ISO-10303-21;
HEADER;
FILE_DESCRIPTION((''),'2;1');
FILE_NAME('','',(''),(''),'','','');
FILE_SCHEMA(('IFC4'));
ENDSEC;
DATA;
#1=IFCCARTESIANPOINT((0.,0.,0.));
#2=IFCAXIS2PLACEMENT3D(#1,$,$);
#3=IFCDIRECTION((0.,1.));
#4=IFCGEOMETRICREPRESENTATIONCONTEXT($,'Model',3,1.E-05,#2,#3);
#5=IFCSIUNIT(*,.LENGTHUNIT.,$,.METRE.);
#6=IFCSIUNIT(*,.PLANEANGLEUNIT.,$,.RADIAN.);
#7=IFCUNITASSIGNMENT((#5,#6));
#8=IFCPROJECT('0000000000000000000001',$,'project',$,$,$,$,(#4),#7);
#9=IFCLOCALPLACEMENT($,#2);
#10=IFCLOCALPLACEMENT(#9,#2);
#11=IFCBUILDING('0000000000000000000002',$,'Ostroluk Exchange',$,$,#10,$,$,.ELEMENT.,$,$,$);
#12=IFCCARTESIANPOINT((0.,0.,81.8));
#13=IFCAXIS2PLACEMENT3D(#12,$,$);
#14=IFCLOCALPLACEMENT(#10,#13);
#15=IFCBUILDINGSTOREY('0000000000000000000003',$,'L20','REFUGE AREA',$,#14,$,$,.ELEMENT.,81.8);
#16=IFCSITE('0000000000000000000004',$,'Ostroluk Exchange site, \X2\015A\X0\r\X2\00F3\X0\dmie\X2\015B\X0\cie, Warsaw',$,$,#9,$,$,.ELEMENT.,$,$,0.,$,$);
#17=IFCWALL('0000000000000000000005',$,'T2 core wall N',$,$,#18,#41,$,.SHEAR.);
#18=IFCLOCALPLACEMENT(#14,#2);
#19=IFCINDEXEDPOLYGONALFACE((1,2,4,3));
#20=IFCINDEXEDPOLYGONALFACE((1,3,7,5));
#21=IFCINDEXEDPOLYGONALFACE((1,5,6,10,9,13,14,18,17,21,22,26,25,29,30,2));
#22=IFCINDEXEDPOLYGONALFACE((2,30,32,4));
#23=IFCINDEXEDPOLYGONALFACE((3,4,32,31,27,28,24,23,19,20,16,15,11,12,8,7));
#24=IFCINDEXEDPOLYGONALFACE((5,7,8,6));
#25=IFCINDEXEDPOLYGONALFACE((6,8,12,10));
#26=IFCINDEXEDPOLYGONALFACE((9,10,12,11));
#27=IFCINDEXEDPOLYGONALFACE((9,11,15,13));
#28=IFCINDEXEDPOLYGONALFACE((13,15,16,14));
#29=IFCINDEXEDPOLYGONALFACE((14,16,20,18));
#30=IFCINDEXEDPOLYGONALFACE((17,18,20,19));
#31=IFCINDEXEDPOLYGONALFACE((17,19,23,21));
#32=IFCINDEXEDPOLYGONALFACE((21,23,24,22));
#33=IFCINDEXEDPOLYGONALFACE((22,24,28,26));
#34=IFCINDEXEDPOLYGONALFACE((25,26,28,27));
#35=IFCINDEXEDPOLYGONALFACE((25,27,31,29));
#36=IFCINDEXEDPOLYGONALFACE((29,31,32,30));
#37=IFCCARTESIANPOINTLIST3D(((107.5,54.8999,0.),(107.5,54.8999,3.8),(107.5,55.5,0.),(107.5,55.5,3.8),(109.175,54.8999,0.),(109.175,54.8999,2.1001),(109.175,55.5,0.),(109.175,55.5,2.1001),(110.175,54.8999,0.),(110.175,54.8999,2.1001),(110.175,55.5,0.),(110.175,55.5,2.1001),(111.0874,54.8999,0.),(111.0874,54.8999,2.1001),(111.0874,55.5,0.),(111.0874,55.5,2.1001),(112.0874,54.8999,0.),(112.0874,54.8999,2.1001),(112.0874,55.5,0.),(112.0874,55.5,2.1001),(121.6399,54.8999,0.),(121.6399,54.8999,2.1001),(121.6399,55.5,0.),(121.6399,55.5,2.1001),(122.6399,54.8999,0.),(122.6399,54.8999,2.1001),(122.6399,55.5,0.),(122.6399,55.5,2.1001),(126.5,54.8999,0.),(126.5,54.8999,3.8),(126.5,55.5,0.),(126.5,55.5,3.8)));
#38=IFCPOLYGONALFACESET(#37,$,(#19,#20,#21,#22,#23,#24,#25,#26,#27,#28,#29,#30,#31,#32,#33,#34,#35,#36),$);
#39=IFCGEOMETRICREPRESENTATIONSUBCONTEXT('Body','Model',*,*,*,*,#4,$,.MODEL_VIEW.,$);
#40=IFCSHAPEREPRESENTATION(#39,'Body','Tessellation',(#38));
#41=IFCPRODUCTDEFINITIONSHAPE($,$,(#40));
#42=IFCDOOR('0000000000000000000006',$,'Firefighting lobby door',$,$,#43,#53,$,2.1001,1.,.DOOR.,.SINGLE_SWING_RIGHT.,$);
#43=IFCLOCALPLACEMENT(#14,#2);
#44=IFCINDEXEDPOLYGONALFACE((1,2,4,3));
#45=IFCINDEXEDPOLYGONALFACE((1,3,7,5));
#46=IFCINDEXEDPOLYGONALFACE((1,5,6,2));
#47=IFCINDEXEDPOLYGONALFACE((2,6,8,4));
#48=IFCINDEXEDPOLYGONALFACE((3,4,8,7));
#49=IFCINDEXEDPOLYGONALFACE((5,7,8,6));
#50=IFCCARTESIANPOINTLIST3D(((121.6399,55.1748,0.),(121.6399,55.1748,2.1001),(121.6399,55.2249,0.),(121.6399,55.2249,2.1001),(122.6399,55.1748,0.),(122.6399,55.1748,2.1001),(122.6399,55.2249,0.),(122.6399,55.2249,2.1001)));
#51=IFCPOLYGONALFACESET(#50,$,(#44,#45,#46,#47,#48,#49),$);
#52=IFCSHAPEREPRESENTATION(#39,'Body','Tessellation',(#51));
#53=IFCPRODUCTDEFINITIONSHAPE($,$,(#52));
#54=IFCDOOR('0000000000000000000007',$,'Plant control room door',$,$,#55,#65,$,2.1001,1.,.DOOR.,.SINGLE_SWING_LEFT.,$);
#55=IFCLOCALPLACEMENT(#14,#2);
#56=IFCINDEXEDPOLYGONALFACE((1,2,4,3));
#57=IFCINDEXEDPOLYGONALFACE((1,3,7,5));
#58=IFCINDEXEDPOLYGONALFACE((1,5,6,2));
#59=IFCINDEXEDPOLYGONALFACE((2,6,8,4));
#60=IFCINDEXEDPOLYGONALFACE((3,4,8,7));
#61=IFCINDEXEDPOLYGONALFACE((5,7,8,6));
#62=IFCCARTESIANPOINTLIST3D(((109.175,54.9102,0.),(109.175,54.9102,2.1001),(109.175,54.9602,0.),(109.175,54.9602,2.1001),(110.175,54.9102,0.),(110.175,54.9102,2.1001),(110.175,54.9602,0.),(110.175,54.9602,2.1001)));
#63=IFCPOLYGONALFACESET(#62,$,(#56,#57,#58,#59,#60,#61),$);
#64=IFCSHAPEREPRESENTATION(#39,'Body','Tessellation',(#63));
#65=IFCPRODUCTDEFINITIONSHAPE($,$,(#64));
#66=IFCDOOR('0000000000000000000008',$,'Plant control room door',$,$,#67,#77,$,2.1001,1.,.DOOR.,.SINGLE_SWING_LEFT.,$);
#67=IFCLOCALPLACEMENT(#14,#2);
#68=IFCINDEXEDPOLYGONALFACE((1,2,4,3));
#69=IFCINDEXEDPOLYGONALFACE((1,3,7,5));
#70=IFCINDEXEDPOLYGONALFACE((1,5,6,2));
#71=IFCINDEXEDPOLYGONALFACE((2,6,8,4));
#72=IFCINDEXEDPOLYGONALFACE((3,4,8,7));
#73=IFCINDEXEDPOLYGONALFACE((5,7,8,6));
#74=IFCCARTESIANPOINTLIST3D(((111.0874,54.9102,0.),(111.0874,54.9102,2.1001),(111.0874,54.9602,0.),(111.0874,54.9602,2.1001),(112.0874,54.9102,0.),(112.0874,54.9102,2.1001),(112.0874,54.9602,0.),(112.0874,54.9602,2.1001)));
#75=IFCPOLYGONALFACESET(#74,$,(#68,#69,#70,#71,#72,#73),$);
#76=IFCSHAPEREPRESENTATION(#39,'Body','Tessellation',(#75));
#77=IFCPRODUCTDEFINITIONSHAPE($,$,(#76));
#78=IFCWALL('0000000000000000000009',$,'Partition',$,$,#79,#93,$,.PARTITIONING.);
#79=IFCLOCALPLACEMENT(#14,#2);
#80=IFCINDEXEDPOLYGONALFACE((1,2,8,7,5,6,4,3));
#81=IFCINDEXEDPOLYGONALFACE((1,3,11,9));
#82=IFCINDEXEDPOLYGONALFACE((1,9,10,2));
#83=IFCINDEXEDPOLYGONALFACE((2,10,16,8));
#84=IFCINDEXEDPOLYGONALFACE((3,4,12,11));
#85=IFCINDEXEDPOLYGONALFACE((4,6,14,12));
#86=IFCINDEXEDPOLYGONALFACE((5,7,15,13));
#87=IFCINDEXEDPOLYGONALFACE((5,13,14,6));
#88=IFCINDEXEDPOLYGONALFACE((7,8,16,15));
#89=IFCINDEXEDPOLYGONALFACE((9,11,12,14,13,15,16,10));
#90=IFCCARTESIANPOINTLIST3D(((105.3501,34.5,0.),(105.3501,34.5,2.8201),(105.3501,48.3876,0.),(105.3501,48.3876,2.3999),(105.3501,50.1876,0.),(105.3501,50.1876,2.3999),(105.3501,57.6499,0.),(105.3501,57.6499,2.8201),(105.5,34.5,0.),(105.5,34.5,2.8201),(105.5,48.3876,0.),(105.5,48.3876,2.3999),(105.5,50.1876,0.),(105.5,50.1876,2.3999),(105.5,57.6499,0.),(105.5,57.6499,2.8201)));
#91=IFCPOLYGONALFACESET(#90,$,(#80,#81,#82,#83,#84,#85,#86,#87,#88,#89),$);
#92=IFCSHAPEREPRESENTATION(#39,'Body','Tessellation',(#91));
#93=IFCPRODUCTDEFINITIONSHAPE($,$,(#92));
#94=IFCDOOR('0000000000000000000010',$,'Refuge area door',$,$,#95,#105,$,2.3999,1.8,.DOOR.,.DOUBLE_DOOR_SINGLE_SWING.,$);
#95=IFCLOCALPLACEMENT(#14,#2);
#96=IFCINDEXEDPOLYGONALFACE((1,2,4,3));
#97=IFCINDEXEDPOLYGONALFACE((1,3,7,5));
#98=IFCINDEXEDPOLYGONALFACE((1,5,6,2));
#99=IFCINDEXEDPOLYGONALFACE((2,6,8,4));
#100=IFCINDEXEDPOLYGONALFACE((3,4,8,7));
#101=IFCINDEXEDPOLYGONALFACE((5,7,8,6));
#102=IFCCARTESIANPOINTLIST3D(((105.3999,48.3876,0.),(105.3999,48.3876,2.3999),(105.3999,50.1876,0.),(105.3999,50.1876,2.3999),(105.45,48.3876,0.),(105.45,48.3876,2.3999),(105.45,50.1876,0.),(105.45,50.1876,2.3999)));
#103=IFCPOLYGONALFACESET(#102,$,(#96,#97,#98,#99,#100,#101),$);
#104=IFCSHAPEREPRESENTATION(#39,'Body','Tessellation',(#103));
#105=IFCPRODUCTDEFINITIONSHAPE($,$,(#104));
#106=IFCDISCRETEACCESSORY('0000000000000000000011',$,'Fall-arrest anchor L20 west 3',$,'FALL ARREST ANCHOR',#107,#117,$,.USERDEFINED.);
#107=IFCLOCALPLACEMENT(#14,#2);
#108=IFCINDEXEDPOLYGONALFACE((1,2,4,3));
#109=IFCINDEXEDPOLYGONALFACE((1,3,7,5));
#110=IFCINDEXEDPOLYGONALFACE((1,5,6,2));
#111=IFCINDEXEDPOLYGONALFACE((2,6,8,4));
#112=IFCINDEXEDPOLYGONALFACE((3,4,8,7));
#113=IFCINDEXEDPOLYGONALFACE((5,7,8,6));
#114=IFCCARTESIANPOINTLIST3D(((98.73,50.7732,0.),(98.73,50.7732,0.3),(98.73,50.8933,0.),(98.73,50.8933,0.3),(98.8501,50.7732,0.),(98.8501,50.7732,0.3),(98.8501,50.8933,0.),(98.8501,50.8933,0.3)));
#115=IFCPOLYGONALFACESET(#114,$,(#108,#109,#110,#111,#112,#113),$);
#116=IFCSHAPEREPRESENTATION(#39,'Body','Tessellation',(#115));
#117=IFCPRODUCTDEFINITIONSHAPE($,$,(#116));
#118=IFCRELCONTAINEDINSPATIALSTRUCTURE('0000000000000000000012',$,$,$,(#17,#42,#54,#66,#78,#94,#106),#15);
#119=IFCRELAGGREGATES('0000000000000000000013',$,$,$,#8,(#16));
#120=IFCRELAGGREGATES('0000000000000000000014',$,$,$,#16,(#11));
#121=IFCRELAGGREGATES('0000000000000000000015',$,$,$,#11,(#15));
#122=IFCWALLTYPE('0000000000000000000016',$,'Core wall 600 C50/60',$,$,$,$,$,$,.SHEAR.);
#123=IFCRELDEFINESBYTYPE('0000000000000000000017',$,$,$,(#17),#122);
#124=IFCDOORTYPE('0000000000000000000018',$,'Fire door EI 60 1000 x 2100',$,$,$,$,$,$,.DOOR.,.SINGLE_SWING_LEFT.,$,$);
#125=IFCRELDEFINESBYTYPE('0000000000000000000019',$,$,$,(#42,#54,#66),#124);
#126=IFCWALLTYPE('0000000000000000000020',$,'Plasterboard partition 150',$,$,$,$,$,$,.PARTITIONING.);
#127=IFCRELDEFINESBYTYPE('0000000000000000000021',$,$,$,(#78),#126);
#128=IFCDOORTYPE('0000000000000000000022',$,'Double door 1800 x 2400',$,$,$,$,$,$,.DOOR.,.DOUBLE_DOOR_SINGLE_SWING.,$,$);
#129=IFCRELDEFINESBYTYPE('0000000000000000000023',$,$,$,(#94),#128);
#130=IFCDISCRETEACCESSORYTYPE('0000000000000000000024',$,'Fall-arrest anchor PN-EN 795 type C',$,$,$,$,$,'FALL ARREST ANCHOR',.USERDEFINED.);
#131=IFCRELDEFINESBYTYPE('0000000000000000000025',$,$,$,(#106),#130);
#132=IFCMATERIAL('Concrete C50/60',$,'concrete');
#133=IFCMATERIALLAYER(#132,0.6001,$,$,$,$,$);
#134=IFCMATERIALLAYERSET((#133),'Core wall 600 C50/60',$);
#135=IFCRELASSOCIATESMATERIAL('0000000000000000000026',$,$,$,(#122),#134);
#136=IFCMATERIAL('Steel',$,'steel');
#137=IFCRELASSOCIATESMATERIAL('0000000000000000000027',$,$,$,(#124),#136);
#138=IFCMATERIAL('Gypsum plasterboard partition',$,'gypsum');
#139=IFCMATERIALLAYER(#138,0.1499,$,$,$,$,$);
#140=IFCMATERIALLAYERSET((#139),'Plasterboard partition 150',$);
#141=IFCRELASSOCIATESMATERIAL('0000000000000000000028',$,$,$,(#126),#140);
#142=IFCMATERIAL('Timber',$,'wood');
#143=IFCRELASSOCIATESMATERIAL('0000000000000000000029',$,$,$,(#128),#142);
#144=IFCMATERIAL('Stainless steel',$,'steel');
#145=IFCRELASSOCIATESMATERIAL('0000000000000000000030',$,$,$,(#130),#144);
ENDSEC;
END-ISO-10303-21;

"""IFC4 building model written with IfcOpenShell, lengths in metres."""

from ifc_helpers import new_model, si_unit, direction, frame, frame_2d, origin, origin_2d, place, context, subcontext, project, spatial, rectangle, extrude, material, layer, layer_set, type_object, element, fill, save


model = new_model("IFC4")

# Units and contexts
model_context = context("Model", 3, precision=1e-05, world=origin(), true_north=direction((0.0, 1.0)))
body_context = subcontext(model_context, "Body", "Model", "MODEL_VIEW")
ifc_project = project(units=[si_unit("LENGTHUNIT", "METRE"), si_unit("PLANEANGLEUNIT", "RADIAN")], contexts=[model_context])

# Site, building, storey
site_placement = place(None, origin())
site = spatial("IfcSite", under=ifc_project, at=site_placement, Name="Ostroluk Exchange site, Śródmieście, Warsaw", CompositionType="ELEMENT", RefElevation=0.0)
building_placement = place(site_placement, origin())
building = spatial("IfcBuilding", under=site, at=building_placement, Name="Ostroluk Exchange", CompositionType="ELEMENT")
storey_placement = place(building_placement, frame((0.0, 0.0, 81.8)))
storey = spatial("IfcBuildingStorey", under=building, at=storey_placement, Name="L20", Description="REFUGE AREA", CompositionType="ELEMENT", Elevation=81.8)

# Wall, openings, doors
ifc_material_1 = material(Name="Concrete C50/60", Category="concrete")
ifc_layer_1 = layer(ifc_material_1, 0.6001)
ifc_layer_set_1 = layer_set([ifc_layer_1], Name="Core wall 600 C50/60")
wall_type_1 = type_object("IfcWallType", Name="Core wall 600 C50/60", PredefinedType="SHEAR", material=ifc_layer_set_1)
wall_1_placement = place(storey_placement, frame((107.5, 55.2, 0.0), z_axis=(0.0, 0.0, 1.0), x_axis=(1.0, 0.0, 0.0)))
wall_1 = element("IfcWall", 1, at=wall_1_placement, inside=storey, type_object=wall_type_1, Name="T2 core wall N", PredefinedType="SHEAR", context=body_context, shape_type="SweptSolid", body=[
    extrude(rectangle(XDim=19.0, YDim=0.6001, at=frame_2d((9.5, 0.0))), origin(), (0.0, 0.0, 1.0), 3.8),
])
opening_1_placement = place(wall_1_placement, frame((14.1399, 0.0, 0.0)))
opening_1 = element("IfcOpeningElement", 2, at=opening_1_placement, cuts=wall_1, PredefinedType="OPENING", context=body_context, shape_type="SweptSolid", body=[
    extrude(rectangle(XDim=1.0, YDim=2.1001, at=frame_2d((0.5, 1.05))), frame((0.0, 0.3101, 0.0), z_axis=(0.0, -1.0, 0.0), x_axis=(1.0, 0.0, 0.0)), (0.0, 0.0, 1.0), 0.6201),
])
opening_2_placement = place(wall_1_placement, frame((1.675, 0.0, 0.0)))
opening_2 = element("IfcOpeningElement", 3, at=opening_2_placement, cuts=wall_1, PredefinedType="OPENING", context=body_context, shape_type="SweptSolid", body=[
    extrude(rectangle(XDim=1.0, YDim=2.1001, at=frame_2d((0.5, 1.05))), frame((0.0, 0.3101, 0.0), z_axis=(0.0, -1.0, 0.0), x_axis=(1.0, 0.0, 0.0)), (0.0, 0.0, 1.0), 0.6201),
])
opening_3_placement = place(wall_1_placement, frame((3.5874, 0.0, 0.0)))
opening_3 = element("IfcOpeningElement", 4, at=opening_3_placement, cuts=wall_1, PredefinedType="OPENING", context=body_context, shape_type="SweptSolid", body=[
    extrude(rectangle(XDim=1.0, YDim=2.1001, at=frame_2d((0.5, 1.05))), frame((0.0, 0.3101, 0.0), z_axis=(0.0, -1.0, 0.0), x_axis=(1.0, 0.0, 0.0)), (0.0, 0.0, 1.0), 0.6201),
])
ifc_material_2 = material(Name="Steel", Category="steel")
door_type_1 = type_object("IfcDoorType", Name="Fire door EI 60 1000 x 2100", OperationType="SINGLE_SWING_LEFT", PredefinedType="DOOR", material=ifc_material_2)
door_1_placement = place(opening_1_placement, origin())
door_1 = element("IfcDoor", 5, at=door_1_placement, inside=storey, type_object=door_type_1, Name="Firefighting lobby door", OperationType="SINGLE_SWING_RIGHT", OverallHeight=2.1001, OverallWidth=1.0, PredefinedType="DOOR", context=body_context, shape_type="SweptSolid", body=[
    extrude(rectangle(XDim=1.0, YDim=2.1001, at=frame_2d((0.5, 1.05))), frame((0.0, 0.0249, 0.0), z_axis=(0.0, -1.0, 0.0), x_axis=(1.0, 0.0, 0.0)), (0.0, 0.0, 1.0), 0.05),
])
fill(opening_1, door_1)
door_2_placement = place(opening_2_placement, origin())
door_2 = element("IfcDoor", 6, at=door_2_placement, inside=storey, type_object=door_type_1, Name="Plant control room door", OperationType="SINGLE_SWING_LEFT", OverallHeight=2.1001, OverallWidth=1.0, PredefinedType="DOOR", context=body_context, shape_type="SweptSolid", body=[
    extrude(rectangle(XDim=1.0, YDim=2.1001, at=frame_2d((0.5, 1.05))), frame((0.0, -0.2397, 0.0), z_axis=(0.0, -1.0, 0.0), x_axis=(1.0, 0.0, 0.0)), (0.0, 0.0, 1.0), 0.05),
])
fill(opening_2, door_2)
door_3_placement = place(opening_3_placement, origin())
door_3 = element("IfcDoor", 7, at=door_3_placement, inside=storey, type_object=door_type_1, Name="Plant control room door", OperationType="SINGLE_SWING_LEFT", OverallHeight=2.1001, OverallWidth=1.0, PredefinedType="DOOR", context=body_context, shape_type="SweptSolid", body=[
    extrude(rectangle(XDim=1.0, YDim=2.1001, at=frame_2d((0.5, 1.05))), frame((0.0, -0.2397, 0.0), z_axis=(0.0, -1.0, 0.0), x_axis=(1.0, 0.0, 0.0)), (0.0, 0.0, 1.0), 0.05),
])
fill(opening_3, door_3)

# Wall, opening, door
ifc_material_3 = material(Name="Gypsum plasterboard partition", Category="gypsum")
ifc_layer_2 = layer(ifc_material_3, 0.1499)
ifc_layer_set_2 = layer_set([ifc_layer_2], Name="Plasterboard partition 150")
wall_type_2 = type_object("IfcWallType", Name="Plasterboard partition 150", PredefinedType="PARTITIONING", material=ifc_layer_set_2)
wall_2_placement = place(storey_placement, frame((105.425, 57.6499, 0.0), z_axis=(0.0, 0.0, 1.0), x_axis=(0.0, -1.0, 0.0)))
wall_2 = element("IfcWall", 8, at=wall_2_placement, inside=storey, type_object=wall_type_2, Name="Partition", PredefinedType="PARTITIONING", context=body_context, shape_type="SweptSolid", body=[
    extrude(rectangle(XDim=23.1499, YDim=0.1499, at=frame_2d((11.575, 0.0))), origin(), (0.0, 0.0, 1.0), 2.8201),
])
opening_4_placement = place(wall_2_placement, frame((7.4624, 0.0, 0.0)))
opening_4 = element("IfcOpeningElement", 9, at=opening_4_placement, cuts=wall_2, PredefinedType="OPENING", context=body_context, shape_type="SweptSolid", body=[
    extrude(rectangle(XDim=1.8, YDim=2.3999, at=frame_2d((0.8999, 1.2))), frame((0.0, 0.085, 0.0), z_axis=(0.0, -1.0, 0.0), x_axis=(1.0, 0.0, 0.0)), (0.0, 0.0, 1.0), 0.1699),
])
ifc_material_4 = material(Name="Timber", Category="wood")
door_type_2 = type_object("IfcDoorType", Name="Double door 1800 x 2400", OperationType="DOUBLE_DOOR_SINGLE_SWING", PredefinedType="DOOR", material=ifc_material_4)
door_4_placement = place(opening_4_placement, origin())
door_4 = element("IfcDoor", 10, at=door_4_placement, inside=storey, type_object=door_type_2, Name="Refuge area door", OperationType="DOUBLE_DOOR_SINGLE_SWING", OverallHeight=2.3999, OverallWidth=1.8, PredefinedType="DOOR", context=body_context, shape_type="SweptSolid", body=[
    extrude(rectangle(XDim=1.8, YDim=2.3999, at=frame_2d((0.8999, 1.2))), frame((0.0, 0.0249, 0.0), z_axis=(0.0, -1.0, 0.0), x_axis=(1.0, 0.0, 0.0)), (0.0, 0.0, 1.0), 0.05),
])
fill(opening_4, door_4)

# Discrete accessory
ifc_material_5 = material(Name="Stainless steel", Category="steel")
discrete_accessory_type = type_object("IfcDiscreteAccessoryType", Name="Fall-arrest anchor PN-EN 795 type C", ElementType="FALL ARREST ANCHOR", PredefinedType="USERDEFINED", material=ifc_material_5)
discrete_accessory_placement = place(storey_placement, frame((98.79, 50.8333, 0.0), z_axis=(0.0, 0.0, 1.0), x_axis=(1.0, 0.0, 0.0)))
element("IfcDiscreteAccessory", 11, at=discrete_accessory_placement, inside=storey, type_object=discrete_accessory_type, Name="Fall-arrest anchor L20 west 3", ObjectType="FALL ARREST ANCHOR", PredefinedType="USERDEFINED", context=body_context, shape_type="SweptSolid", body=[
    extrude(rectangle(XDim=0.1201, YDim=0.1201, at=origin_2d()), origin(), (0.0, 0.0, 1.0), 0.3),
])

save(model, "model.ifc")
